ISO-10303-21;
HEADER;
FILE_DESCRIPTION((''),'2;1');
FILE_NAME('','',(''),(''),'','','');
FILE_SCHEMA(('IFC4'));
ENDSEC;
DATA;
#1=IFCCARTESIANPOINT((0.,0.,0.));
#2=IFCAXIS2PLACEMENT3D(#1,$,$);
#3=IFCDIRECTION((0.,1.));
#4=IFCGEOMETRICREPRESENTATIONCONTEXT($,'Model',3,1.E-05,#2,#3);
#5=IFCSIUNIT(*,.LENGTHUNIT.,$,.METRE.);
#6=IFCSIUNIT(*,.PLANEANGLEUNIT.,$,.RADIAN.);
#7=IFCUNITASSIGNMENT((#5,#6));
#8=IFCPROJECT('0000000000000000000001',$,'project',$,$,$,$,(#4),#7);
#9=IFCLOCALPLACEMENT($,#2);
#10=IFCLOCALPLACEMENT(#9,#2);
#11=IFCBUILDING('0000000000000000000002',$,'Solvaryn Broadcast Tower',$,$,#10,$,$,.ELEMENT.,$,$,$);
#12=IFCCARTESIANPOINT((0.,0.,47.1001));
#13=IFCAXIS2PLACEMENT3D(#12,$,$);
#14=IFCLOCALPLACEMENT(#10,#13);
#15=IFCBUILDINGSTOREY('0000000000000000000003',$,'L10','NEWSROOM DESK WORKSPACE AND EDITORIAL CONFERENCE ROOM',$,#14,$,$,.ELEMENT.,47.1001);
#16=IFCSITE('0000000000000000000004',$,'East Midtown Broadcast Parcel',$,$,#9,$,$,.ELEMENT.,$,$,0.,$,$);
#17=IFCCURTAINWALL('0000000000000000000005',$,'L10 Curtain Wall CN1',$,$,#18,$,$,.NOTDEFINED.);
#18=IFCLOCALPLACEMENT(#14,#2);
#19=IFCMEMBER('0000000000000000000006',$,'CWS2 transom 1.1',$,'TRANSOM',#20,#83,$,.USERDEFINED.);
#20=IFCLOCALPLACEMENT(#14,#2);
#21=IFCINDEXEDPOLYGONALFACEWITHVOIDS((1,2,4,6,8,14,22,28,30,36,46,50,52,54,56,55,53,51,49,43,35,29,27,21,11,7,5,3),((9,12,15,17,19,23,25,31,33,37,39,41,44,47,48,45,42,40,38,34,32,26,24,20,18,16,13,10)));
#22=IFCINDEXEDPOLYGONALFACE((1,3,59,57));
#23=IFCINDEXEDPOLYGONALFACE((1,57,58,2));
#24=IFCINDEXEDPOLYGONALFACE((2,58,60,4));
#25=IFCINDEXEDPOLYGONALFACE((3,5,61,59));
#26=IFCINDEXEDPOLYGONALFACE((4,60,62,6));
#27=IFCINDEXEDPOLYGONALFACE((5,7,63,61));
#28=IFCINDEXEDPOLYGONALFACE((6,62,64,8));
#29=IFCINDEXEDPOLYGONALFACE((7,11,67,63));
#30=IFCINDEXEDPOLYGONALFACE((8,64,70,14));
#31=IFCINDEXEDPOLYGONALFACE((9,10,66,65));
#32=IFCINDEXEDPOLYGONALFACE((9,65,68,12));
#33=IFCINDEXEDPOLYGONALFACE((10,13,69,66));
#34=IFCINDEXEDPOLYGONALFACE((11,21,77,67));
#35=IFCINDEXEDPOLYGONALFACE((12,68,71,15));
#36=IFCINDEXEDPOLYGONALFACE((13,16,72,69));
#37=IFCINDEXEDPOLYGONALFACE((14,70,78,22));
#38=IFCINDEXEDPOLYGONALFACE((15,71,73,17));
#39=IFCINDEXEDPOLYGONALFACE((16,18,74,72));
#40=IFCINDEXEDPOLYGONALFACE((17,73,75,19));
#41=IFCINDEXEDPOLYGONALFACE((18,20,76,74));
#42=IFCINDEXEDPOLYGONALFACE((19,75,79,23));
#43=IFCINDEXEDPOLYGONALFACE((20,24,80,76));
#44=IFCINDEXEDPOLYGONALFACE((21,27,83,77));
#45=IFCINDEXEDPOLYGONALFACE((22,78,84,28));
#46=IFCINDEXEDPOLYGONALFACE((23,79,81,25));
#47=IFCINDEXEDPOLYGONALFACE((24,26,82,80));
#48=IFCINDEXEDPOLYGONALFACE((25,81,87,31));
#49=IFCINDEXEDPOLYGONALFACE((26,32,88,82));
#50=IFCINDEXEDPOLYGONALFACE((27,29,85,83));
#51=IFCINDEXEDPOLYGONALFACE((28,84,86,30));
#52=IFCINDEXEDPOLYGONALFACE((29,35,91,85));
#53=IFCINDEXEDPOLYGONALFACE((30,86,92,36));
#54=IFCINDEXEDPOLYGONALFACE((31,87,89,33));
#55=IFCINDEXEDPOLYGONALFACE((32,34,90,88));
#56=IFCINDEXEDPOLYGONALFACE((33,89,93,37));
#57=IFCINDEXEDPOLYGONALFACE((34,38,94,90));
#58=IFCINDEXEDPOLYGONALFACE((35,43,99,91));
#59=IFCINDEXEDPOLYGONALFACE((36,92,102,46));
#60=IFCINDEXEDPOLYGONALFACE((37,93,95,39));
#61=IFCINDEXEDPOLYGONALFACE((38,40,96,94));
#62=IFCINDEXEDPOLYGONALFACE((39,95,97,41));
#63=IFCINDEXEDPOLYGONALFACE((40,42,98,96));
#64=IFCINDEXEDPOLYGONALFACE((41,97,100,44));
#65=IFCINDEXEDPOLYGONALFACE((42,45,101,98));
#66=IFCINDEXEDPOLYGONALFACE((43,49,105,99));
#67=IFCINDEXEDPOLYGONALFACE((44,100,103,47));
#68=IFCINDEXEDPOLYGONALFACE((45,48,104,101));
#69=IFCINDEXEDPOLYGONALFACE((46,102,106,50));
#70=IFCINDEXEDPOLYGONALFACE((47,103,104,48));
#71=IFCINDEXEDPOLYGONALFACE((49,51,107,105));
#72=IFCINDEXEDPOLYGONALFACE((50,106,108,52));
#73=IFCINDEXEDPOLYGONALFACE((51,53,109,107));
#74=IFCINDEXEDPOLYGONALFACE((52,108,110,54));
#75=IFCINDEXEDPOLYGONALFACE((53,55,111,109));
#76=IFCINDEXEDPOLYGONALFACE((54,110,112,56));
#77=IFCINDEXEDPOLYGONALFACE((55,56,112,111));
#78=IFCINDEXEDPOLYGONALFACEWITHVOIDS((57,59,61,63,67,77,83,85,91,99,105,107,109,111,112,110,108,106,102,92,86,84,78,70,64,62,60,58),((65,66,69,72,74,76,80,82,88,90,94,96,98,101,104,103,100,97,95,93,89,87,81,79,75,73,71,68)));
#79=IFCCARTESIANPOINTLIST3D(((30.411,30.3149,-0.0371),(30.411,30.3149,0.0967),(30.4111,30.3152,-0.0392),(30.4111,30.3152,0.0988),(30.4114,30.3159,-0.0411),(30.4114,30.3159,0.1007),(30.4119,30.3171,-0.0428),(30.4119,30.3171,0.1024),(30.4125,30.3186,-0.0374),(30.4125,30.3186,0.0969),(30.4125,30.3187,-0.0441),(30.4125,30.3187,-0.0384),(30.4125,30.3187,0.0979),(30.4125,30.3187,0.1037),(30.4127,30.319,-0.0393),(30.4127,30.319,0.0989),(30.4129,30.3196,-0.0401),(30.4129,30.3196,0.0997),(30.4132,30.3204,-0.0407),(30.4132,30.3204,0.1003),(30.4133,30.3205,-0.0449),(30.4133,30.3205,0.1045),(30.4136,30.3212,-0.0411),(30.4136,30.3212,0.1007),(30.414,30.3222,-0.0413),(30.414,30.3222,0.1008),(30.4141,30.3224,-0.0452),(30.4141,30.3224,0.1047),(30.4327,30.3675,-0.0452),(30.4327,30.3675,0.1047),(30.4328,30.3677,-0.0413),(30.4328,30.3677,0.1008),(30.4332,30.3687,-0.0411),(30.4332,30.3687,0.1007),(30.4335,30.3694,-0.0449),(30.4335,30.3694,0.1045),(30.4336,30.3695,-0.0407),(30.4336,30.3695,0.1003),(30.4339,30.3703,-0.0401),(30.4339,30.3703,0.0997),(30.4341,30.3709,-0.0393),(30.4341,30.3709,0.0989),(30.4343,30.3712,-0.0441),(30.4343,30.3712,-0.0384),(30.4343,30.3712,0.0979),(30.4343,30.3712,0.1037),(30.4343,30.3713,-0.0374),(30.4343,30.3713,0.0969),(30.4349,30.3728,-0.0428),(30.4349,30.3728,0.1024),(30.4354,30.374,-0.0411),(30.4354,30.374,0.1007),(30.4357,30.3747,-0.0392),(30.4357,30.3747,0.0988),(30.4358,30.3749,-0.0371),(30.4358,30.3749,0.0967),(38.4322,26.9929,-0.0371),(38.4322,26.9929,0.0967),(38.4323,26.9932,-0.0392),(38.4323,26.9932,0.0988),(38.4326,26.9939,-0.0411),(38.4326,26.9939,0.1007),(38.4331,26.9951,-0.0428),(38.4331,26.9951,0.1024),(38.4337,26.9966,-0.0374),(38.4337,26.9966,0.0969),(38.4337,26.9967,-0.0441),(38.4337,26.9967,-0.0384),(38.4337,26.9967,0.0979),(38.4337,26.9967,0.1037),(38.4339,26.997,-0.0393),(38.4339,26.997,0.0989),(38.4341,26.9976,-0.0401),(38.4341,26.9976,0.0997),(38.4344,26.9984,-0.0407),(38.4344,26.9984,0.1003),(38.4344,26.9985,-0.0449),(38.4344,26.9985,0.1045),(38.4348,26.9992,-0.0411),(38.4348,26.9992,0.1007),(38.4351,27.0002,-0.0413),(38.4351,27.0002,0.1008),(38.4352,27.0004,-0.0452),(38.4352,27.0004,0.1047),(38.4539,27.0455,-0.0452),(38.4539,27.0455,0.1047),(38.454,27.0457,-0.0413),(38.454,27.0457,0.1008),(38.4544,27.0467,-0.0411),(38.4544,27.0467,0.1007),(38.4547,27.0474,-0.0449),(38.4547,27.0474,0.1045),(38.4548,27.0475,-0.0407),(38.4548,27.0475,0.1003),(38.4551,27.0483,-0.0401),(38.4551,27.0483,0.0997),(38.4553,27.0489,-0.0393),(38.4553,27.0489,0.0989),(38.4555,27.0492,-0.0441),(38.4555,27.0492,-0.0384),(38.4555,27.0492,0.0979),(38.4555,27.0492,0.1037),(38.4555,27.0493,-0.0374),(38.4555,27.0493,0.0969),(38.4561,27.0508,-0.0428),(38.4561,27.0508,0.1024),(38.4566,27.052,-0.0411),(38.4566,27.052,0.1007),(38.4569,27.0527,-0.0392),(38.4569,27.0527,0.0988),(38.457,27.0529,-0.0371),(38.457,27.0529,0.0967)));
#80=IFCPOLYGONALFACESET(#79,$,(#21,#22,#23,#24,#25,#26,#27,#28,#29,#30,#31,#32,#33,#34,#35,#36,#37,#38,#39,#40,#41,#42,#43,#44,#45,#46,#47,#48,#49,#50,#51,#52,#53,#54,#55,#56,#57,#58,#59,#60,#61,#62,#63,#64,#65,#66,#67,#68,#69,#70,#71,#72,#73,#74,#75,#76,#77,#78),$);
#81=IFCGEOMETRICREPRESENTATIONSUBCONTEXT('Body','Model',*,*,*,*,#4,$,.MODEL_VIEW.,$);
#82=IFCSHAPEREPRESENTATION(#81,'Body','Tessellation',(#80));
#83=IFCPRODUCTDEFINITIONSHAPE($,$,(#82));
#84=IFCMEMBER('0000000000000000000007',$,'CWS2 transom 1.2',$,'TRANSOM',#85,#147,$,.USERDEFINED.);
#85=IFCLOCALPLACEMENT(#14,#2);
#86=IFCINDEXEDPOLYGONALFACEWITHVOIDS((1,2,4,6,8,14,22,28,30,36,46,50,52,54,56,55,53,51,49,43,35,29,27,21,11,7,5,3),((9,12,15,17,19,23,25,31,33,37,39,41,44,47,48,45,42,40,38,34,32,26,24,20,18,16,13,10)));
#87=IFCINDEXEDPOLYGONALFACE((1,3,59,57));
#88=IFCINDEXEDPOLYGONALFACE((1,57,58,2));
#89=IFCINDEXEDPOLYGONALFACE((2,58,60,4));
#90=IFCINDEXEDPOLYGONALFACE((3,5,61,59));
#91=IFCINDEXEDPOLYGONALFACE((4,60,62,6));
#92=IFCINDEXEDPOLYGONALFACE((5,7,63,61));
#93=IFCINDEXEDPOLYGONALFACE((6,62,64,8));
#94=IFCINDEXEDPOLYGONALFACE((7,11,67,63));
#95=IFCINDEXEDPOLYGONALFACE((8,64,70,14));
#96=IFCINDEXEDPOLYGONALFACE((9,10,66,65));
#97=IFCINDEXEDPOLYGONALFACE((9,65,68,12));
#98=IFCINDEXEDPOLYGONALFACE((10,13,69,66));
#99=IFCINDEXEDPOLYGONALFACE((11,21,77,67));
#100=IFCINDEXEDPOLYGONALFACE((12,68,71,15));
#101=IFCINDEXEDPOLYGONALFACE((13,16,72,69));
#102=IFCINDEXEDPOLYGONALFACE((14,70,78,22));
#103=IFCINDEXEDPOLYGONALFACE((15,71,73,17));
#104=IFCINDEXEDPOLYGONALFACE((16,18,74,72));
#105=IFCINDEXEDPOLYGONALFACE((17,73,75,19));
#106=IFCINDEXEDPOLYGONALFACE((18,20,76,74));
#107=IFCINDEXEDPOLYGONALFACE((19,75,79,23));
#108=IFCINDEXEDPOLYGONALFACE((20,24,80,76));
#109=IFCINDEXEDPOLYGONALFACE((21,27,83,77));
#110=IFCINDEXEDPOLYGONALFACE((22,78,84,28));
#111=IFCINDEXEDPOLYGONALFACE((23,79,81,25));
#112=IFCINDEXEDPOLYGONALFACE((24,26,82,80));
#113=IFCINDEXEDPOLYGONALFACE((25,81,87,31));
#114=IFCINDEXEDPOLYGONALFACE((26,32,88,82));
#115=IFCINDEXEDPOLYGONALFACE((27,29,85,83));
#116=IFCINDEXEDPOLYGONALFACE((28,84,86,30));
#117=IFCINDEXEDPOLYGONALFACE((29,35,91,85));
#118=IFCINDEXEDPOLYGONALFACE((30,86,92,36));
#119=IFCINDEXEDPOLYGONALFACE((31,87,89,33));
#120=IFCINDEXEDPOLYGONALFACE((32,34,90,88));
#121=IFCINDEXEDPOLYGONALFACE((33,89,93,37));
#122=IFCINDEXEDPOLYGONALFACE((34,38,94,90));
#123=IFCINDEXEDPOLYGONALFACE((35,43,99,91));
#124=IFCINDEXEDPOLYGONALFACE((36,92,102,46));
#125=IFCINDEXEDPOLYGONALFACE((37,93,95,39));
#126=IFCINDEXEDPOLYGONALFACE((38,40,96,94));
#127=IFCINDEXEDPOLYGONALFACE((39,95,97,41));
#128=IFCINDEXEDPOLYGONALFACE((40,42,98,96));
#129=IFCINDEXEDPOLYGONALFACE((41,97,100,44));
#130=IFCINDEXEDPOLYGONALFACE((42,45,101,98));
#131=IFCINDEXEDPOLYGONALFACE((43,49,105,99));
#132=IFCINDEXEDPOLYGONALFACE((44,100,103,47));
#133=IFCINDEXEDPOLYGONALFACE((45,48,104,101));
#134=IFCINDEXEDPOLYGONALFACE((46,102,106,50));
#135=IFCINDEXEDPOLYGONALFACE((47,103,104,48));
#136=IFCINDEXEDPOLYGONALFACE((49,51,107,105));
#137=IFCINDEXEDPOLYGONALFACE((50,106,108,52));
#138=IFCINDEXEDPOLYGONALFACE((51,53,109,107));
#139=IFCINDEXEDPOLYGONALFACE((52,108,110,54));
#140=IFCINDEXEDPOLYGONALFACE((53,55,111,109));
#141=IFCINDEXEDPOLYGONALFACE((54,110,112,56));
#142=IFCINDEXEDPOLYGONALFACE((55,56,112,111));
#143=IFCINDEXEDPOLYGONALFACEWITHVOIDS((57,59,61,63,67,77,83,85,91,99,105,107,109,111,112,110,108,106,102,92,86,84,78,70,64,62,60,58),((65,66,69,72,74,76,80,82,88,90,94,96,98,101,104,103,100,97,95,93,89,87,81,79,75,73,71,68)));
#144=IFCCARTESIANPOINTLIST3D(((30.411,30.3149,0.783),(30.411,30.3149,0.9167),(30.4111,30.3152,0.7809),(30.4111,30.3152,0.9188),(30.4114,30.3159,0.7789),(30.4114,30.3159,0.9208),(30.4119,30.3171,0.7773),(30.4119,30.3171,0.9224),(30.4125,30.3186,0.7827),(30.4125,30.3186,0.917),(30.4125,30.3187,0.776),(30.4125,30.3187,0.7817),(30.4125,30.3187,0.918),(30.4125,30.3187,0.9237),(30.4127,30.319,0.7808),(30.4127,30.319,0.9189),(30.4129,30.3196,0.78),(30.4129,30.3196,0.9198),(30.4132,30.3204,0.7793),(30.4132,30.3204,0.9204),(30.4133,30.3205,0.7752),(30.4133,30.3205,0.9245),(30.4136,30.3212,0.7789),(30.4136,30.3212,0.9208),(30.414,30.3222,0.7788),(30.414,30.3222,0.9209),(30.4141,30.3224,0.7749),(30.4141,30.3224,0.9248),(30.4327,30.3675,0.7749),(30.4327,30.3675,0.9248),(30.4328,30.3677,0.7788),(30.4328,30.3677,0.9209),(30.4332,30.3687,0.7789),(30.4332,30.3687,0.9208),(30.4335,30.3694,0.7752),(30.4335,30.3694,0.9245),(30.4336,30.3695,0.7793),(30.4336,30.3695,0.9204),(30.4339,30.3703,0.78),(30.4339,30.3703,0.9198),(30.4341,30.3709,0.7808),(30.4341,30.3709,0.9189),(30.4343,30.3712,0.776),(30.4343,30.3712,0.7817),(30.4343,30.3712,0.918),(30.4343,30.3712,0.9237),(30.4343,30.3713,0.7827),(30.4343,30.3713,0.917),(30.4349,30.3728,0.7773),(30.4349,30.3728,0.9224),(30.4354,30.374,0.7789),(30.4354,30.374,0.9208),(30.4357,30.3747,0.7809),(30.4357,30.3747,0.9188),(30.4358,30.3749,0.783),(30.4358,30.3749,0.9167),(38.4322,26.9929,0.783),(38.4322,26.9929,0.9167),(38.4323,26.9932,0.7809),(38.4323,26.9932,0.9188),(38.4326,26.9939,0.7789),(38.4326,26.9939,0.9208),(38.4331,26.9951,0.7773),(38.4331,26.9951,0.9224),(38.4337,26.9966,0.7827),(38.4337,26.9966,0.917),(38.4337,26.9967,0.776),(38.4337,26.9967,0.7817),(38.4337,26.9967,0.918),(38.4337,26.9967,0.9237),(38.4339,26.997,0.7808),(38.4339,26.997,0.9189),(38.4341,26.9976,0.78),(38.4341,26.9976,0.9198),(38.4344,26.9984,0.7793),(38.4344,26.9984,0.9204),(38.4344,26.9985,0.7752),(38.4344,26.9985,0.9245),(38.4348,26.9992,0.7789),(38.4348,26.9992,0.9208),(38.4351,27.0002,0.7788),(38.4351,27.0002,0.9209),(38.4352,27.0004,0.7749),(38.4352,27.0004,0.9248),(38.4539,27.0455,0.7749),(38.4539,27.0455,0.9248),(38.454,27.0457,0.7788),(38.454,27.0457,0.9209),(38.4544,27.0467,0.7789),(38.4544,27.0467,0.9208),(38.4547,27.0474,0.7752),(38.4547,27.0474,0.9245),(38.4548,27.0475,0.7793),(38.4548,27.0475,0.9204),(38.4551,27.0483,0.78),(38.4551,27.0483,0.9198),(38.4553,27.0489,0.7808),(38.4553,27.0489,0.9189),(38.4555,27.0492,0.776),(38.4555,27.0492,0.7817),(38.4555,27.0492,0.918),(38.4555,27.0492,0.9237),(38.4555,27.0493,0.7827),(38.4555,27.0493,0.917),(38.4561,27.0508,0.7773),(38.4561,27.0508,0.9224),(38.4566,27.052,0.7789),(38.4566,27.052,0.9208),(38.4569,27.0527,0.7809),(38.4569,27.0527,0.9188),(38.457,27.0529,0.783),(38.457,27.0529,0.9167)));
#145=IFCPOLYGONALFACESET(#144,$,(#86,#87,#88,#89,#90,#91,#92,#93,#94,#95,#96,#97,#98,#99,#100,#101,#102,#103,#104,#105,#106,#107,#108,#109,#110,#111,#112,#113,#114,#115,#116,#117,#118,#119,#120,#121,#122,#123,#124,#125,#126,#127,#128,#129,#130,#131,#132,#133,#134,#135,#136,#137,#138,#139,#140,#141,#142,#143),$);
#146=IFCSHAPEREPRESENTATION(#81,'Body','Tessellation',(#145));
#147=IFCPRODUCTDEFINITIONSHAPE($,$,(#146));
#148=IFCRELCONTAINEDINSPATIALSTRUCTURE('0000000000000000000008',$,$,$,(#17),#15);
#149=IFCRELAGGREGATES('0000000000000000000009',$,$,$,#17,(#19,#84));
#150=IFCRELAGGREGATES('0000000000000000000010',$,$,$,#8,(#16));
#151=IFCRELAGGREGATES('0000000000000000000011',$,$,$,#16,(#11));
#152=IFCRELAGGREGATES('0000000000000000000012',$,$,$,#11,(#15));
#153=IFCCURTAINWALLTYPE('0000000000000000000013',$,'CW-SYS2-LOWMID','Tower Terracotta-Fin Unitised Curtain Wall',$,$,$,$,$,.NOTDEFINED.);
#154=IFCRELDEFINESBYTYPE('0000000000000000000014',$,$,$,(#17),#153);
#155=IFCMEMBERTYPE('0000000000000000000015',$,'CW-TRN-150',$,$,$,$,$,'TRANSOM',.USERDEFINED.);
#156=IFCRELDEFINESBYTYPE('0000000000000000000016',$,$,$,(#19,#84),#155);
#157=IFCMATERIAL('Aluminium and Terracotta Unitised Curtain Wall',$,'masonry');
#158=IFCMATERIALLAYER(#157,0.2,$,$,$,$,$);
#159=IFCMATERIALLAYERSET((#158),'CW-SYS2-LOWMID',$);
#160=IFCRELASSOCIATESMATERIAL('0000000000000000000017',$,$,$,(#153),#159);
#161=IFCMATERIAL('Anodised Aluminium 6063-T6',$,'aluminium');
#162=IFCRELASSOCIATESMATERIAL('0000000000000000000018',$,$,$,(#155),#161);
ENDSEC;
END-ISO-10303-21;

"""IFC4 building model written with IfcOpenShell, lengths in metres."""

from ifc_helpers import new_model, si_unit, direction, frame, origin, origin_2d, place, context, subcontext, project, spatial, hollow_rectangle, extrude, material, layer, layer_set, material_profile, profile_set, type_object, element, aggregate, save


model = new_model("IFC4")

# Units and contexts
model_context = context("Model", 3, precision=1e-05, world=origin(), true_north=direction((0.0, 1.0)))
body_context = subcontext(model_context, "Body", "Model", "MODEL_VIEW")
ifc_project = project(units=[si_unit("LENGTHUNIT", "METRE"), si_unit("PLANEANGLEUNIT", "RADIAN")], contexts=[model_context])

# Site, building, storey
site_placement = place(None, origin())
site = spatial("IfcSite", under=ifc_project, at=site_placement, Name="East Midtown Broadcast Parcel", CompositionType="ELEMENT", RefElevation=0.0)
building_placement = place(site_placement, origin())
building = spatial("IfcBuilding", under=site, at=building_placement, Name="Solvaryn Broadcast Tower", CompositionType="ELEMENT")
storey_placement = place(building_placement, frame((0.0, 0.0, 47.1001)))
storey = spatial("IfcBuildingStorey", under=building, at=storey_placement, Name="L10", Description="NEWSROOM DESK WORKSPACE AND EDITORIAL CONFERENCE ROOM", CompositionType="ELEMENT", Elevation=47.1001)

# Curtain wall
ifc_material_1 = material(Name="Aluminium and Terracotta Unitised Curtain Wall", Category="masonry")
ifc_layer_1 = layer(ifc_material_1, 0.2)
ifc_layer_set_1 = layer_set([ifc_layer_1], Name="CW-SYS2-LOWMID")
curtain_wall_type = type_object("IfcCurtainWallType", Name="CW-SYS2-LOWMID", Description="Tower Terracotta-Fin Unitised Curtain Wall", PredefinedType="NOTDEFINED", material=ifc_layer_set_1)
curtain_wall_1_placement = place(storey_placement, origin())
curtain_wall_1 = element("IfcCurtainWall", 1, at=curtain_wall_1_placement, inside=storey, type_object=curtain_wall_type, Name="L10 Curtain Wall CN1", PredefinedType="NOTDEFINED")

# Members
ifc_material_2 = material(Name="Anodised Aluminium 6063-T6", Category="aluminium")
ifc_material_profile_1 = material_profile(ifc_material_2, hollow_rectangle(XDim=0.0649, YDim=0.1499, WallThickness=0.0039, InnerFilletRadius=0.0039, OuterFilletRadius=0.0081, at=origin_2d()))
ifc_profile_set_1 = profile_set([ifc_material_profile_1], Name="Anodised Aluminium 6063-T6")
member_type_1 = type_object("IfcMemberType", Name="CW-TRN-150", ElementType="TRANSOM", PredefinedType="USERDEFINED", material=ifc_profile_set_1)
member_1_placement = place(storey_placement, frame((38.4446, 27.0229, 0.0298), z_axis=(-0.923899, 0.382636, 0.0), x_axis=(-0.382636, -0.923899, 0.0)))
member_1 = element("IfcMember", 2, at=member_1_placement, type_object=member_type_1, Name="CWS2 transom 1.1", ObjectType="TRANSOM", PredefinedType="USERDEFINED", context=body_context, shape_type="SweptSolid", body=[
    extrude(hollow_rectangle(XDim=0.0649, YDim=0.1499, WallThickness=0.0039, InnerFilletRadius=0.0039, OuterFilletRadius=0.0081, at=origin_2d()), origin(), (0.0, 0.0, 1.0), 8.6819),
])
member_2_placement = place(storey_placement, frame((38.4446, 27.0229, 0.8499), z_axis=(-0.923899, 0.382636, 0.0), x_axis=(-0.382636, -0.923899, 0.0)))
member_2 = element("IfcMember", 3, at=member_2_placement, type_object=member_type_1, Name="CWS2 transom 1.2", ObjectType="TRANSOM", PredefinedType="USERDEFINED", context=body_context, shape_type="SweptSolid", body=[
    extrude(hollow_rectangle(XDim=0.0649, YDim=0.1499, WallThickness=0.0039, InnerFilletRadius=0.0039, OuterFilletRadius=0.0081, at=origin_2d()), origin(), (0.0, 0.0, 1.0), 8.6819),
])
aggregate(curtain_wall_1, [member_1, member_2])

save(model, "model.ifc")
